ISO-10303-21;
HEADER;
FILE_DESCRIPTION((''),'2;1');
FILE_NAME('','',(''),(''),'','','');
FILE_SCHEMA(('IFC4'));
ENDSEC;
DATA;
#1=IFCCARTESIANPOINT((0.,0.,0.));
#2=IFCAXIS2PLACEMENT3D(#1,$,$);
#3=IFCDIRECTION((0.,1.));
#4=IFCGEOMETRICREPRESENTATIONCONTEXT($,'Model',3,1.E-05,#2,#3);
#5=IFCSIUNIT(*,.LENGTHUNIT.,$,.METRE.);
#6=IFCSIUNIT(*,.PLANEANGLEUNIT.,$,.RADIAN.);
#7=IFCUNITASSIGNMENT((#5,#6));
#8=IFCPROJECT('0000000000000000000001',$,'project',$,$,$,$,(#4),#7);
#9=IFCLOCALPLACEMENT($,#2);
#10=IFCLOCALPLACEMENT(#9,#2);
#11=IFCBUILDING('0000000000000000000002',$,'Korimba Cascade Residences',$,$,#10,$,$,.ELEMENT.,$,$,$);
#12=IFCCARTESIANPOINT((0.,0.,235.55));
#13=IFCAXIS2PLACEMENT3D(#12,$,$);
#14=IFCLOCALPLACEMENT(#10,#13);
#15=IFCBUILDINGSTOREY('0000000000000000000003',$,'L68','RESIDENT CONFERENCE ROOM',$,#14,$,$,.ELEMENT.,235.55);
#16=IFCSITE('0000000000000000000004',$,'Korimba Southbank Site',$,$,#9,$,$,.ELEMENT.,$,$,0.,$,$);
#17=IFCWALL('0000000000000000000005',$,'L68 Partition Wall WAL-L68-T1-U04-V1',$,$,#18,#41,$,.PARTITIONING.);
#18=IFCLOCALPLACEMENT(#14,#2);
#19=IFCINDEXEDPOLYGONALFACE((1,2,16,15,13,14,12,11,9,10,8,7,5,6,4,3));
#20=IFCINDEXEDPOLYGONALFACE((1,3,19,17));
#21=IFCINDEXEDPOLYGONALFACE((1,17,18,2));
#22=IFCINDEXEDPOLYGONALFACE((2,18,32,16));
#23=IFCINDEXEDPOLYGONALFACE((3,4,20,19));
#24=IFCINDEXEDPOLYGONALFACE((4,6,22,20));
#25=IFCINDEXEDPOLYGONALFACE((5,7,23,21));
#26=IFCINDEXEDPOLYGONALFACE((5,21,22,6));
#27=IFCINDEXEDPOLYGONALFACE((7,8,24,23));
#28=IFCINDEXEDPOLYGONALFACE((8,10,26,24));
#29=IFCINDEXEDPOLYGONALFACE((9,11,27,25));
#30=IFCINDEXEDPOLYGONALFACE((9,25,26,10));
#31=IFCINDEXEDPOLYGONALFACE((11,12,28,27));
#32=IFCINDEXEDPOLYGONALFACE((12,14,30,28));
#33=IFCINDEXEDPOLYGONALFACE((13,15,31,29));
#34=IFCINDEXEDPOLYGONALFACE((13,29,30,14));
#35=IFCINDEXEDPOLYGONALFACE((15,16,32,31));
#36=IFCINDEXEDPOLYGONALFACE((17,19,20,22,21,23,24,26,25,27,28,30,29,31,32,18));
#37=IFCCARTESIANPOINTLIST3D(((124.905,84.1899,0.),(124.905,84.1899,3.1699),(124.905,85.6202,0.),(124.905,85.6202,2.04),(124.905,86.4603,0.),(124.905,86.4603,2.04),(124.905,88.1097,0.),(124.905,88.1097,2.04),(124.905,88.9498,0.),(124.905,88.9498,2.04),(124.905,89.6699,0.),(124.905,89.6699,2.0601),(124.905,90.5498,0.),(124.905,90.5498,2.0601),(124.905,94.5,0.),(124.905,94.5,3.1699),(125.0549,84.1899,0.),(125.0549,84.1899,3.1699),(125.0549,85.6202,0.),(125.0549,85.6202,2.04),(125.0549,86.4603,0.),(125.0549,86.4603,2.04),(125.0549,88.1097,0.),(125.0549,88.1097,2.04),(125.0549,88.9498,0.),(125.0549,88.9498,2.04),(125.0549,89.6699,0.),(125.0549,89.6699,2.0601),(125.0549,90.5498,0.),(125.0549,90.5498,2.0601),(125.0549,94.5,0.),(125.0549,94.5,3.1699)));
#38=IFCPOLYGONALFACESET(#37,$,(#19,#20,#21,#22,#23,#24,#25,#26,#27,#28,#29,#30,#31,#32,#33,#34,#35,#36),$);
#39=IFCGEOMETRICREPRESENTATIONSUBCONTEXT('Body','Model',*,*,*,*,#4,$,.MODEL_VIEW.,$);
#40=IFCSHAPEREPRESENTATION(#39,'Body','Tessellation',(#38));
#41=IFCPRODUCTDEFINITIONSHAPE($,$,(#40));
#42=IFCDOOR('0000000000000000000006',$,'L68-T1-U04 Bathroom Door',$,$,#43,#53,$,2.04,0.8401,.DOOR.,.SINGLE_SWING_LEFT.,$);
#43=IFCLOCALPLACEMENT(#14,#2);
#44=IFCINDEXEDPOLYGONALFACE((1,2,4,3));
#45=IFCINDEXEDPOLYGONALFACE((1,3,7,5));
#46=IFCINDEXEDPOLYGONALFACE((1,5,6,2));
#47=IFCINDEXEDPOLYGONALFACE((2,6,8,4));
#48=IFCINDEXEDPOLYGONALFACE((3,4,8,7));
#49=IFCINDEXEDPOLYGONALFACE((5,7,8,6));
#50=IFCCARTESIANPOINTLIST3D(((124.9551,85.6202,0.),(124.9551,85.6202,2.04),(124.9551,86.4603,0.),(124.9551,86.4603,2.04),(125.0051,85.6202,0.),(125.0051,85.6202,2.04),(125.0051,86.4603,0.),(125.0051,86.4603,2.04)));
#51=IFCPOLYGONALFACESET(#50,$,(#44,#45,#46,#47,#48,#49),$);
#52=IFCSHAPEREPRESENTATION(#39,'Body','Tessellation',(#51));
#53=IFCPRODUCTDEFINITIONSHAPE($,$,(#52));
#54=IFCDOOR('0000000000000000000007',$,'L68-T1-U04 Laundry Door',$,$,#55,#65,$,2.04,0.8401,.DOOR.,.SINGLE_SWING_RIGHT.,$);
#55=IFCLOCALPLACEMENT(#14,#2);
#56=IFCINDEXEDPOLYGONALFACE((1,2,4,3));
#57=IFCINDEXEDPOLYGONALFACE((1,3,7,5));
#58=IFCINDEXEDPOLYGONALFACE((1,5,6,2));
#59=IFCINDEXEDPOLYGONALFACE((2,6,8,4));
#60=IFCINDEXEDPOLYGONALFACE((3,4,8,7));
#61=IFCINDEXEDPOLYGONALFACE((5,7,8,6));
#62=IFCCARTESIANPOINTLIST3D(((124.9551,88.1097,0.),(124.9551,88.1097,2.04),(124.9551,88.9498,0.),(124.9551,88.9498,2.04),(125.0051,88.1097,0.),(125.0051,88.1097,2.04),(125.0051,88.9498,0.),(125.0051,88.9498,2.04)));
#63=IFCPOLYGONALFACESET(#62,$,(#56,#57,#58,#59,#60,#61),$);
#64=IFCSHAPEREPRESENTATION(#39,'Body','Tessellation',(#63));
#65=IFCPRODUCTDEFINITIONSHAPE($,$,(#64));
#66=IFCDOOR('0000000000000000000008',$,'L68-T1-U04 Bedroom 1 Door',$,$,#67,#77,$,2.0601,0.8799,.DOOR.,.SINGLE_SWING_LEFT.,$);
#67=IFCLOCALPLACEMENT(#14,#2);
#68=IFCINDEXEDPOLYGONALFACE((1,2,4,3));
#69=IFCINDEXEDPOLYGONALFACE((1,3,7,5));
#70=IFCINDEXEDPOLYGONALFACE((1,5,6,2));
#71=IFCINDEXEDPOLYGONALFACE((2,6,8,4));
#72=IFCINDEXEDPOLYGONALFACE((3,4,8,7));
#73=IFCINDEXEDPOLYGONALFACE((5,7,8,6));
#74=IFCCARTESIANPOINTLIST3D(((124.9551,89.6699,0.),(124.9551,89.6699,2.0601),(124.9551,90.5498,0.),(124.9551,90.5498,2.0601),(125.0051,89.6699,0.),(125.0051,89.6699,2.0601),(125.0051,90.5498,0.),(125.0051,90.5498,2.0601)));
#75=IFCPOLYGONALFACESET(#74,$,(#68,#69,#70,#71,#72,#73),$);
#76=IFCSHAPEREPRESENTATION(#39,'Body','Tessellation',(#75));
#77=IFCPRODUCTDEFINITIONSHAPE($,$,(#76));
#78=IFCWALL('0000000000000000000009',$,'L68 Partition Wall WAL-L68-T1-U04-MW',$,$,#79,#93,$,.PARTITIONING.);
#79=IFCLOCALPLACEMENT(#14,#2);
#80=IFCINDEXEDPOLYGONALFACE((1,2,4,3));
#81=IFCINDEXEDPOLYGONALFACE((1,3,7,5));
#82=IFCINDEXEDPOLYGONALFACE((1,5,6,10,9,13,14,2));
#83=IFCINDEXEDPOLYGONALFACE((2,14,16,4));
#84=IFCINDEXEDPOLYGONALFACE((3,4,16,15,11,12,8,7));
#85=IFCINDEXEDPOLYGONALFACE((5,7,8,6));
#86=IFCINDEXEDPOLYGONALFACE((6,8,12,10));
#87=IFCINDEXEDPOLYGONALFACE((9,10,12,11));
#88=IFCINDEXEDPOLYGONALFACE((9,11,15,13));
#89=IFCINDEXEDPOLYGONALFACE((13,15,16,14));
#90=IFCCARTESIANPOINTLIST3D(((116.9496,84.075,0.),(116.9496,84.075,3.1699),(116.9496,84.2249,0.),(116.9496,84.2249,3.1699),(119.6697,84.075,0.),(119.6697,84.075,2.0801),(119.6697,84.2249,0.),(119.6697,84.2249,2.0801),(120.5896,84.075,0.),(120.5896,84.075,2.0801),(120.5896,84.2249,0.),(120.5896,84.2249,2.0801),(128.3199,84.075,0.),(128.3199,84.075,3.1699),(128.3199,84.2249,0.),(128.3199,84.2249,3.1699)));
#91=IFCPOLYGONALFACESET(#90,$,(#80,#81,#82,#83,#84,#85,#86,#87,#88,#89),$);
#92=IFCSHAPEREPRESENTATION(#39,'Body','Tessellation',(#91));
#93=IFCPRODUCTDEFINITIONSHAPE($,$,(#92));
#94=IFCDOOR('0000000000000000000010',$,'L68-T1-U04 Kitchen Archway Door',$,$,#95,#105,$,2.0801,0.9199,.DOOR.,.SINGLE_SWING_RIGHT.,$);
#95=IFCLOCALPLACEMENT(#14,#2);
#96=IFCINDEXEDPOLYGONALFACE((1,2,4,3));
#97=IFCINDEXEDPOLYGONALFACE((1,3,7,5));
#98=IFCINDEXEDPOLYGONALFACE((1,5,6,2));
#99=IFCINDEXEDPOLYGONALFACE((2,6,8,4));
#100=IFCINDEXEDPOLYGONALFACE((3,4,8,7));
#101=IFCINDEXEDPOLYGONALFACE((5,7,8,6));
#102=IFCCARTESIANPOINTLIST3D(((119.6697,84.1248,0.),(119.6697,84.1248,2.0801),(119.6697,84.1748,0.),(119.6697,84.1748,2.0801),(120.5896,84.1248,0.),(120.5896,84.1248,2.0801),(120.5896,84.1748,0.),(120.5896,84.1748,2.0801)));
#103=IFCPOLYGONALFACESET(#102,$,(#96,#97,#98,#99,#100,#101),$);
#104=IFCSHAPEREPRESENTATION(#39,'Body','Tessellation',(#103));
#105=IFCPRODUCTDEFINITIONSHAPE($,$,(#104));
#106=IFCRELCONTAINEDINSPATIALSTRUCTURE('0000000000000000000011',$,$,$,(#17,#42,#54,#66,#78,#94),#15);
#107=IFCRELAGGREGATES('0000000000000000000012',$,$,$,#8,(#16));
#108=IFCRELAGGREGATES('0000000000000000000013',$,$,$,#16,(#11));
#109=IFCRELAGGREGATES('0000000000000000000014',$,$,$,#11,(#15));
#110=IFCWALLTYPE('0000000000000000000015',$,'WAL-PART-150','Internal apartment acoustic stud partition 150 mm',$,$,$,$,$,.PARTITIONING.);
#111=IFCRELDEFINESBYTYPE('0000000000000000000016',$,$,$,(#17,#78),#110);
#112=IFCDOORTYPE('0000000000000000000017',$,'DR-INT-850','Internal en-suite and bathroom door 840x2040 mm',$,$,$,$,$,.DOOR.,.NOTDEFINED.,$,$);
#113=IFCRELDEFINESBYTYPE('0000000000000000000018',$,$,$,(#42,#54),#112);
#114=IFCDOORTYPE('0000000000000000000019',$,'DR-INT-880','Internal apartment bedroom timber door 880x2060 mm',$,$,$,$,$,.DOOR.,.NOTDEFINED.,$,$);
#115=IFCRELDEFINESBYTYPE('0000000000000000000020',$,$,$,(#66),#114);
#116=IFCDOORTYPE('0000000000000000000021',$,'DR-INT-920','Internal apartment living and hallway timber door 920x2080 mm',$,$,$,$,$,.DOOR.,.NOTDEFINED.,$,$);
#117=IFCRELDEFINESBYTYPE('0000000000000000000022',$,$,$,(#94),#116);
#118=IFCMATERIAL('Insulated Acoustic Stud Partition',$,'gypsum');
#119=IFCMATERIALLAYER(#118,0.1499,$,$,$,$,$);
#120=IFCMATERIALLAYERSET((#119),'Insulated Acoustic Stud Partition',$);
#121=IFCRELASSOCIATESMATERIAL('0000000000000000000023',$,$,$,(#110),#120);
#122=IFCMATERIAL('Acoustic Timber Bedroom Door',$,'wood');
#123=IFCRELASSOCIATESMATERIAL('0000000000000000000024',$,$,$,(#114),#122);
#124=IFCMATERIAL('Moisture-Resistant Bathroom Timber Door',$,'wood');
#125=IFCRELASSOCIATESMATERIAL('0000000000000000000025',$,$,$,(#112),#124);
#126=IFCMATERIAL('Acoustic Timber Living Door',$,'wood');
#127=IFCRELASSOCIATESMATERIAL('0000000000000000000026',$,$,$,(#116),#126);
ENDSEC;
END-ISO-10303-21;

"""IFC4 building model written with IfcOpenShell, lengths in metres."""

from ifc_helpers import new_model, si_unit, direction, frame, frame_2d, origin, place, context, subcontext, project, spatial, rectangle, extrude, material, layer, layer_set, type_object, element, fill, save


model = new_model("IFC4")

# Units and contexts
model_context = context("Model", 3, precision=1e-05, world=origin(), true_north=direction((0.0, 1.0)))
body_context = subcontext(model_context, "Body", "Model", "MODEL_VIEW")
ifc_project = project(units=[si_unit("LENGTHUNIT", "METRE"), si_unit("PLANEANGLEUNIT", "RADIAN")], contexts=[model_context])

# Site, building, storey
site_placement = place(None, origin())
site = spatial("IfcSite", under=ifc_project, at=site_placement, Name="Korimba Southbank Site", CompositionType="ELEMENT", RefElevation=0.0)
building_placement = place(site_placement, origin())
building = spatial("IfcBuilding", under=site, at=building_placement, Name="Korimba Cascade Residences", CompositionType="ELEMENT")
storey_placement = place(building_placement, frame((0.0, 0.0, 235.55)))
storey = spatial("IfcBuildingStorey", under=building, at=storey_placement, Name="L68", Description="RESIDENT CONFERENCE ROOM", CompositionType="ELEMENT", Elevation=235.55)

# Shared definitions
ifc_material_1 = material(Name="Insulated Acoustic Stud Partition", Category="gypsum")
ifc_layer_1 = layer(ifc_material_1, 0.1499)
ifc_layer_set_1 = layer_set([ifc_layer_1], Name="Insulated Acoustic Stud Partition")
wall_type_1 = type_object("IfcWallType", Name="WAL-PART-150", Description="Internal apartment acoustic stud partition 150 mm", PredefinedType="PARTITIONING", material=ifc_layer_set_1)

# Shared definitions
ifc_material_2 = material(Name="Acoustic Timber Bedroom Door", Category="wood")
door_type_1 = type_object("IfcDoorType", Name="DR-INT-880", Description="Internal apartment bedroom timber door 880x2060 mm", OperationType="NOTDEFINED", PredefinedType="DOOR", material=ifc_material_2)

# Wall, openings, doors
wall_1_placement = place(storey_placement, frame((124.98, 84.1899, 0.0), z_axis=(0.0, 0.0, 1.0), x_axis=(0.0, 1.0, 0.0)))
wall_1 = element("IfcWall", 1, at=wall_1_placement, inside=storey, type_object=wall_type_1, Name="L68 Partition Wall WAL-L68-T1-U04-V1", PredefinedType="PARTITIONING", context=body_context, shape_type="SweptSolid", body=[
    extrude(rectangle(XDim=10.3101, YDim=0.1499, at=frame_2d((5.155, 0.0))), origin(), (0.0, 0.0, 1.0), 3.1699),
])
opening_1_placement = place(wall_1_placement, frame((1.4304, 0.0, 0.0)))
opening_1 = element("IfcOpeningElement", 2, at=opening_1_placement, cuts=wall_1, PredefinedType="OPENING", context=body_context, shape_type="SweptSolid", body=[
    extrude(rectangle(XDim=0.8401, YDim=2.04, at=frame_2d((0.4199, 1.02))), frame((0.0, 0.085, 0.0), z_axis=(0.0, -1.0, 0.0), x_axis=(1.0, 0.0, 0.0)), (0.0, 0.0, 1.0), 0.1699),
])
opening_2_placement = place(wall_1_placement, frame((3.9199, 0.0, 0.0)))
opening_2 = element("IfcOpeningElement", 3, at=opening_2_placement, cuts=wall_1, PredefinedType="OPENING", context=body_context, shape_type="SweptSolid", body=[
    extrude(rectangle(XDim=0.8401, YDim=2.04, at=frame_2d((0.4199, 1.02))), frame((0.0, 0.085, 0.0), z_axis=(0.0, -1.0, 0.0), x_axis=(1.0, 0.0, 0.0)), (0.0, 0.0, 1.0), 0.1699),
])
opening_3_placement = place(wall_1_placement, frame((5.48, 0.0, 0.0)))
opening_3 = element("IfcOpeningElement", 4, at=opening_3_placement, cuts=wall_1, PredefinedType="OPENING", context=body_context, shape_type="SweptSolid", body=[
    extrude(rectangle(XDim=0.8799, YDim=2.0601, at=frame_2d((0.4399, 1.03))), frame((0.0, 0.085, 0.0), z_axis=(0.0, -1.0, 0.0), x_axis=(1.0, 0.0, 0.0)), (0.0, 0.0, 1.0), 0.1699),
])
ifc_material_3 = material(Name="Moisture-Resistant Bathroom Timber Door", Category="wood")
door_type_2 = type_object("IfcDoorType", Name="DR-INT-850", Description="Internal en-suite and bathroom door 840x2040 mm", OperationType="NOTDEFINED", PredefinedType="DOOR", material=ifc_material_3)
door_1_placement = place(opening_1_placement, origin())
door_1 = element("IfcDoor", 5, at=door_1_placement, inside=storey, type_object=door_type_2, Name="L68-T1-U04 Bathroom Door", OperationType="SINGLE_SWING_LEFT", OverallHeight=2.04, OverallWidth=0.8401, PredefinedType="DOOR", context=body_context, shape_type="SweptSolid", body=[
    extrude(rectangle(XDim=0.8401, YDim=2.04, at=frame_2d((0.4199, 1.02))), frame((0.0, 0.0249, 0.0), z_axis=(0.0, -1.0, 0.0), x_axis=(1.0, 0.0, 0.0)), (0.0, 0.0, 1.0), 0.05),
])
fill(opening_1, door_1)
door_2_placement = place(opening_2_placement, origin())
door_2 = element("IfcDoor", 6, at=door_2_placement, inside=storey, type_object=door_type_2, Name="L68-T1-U04 Laundry Door", OperationType="SINGLE_SWING_RIGHT", OverallHeight=2.04, OverallWidth=0.8401, PredefinedType="DOOR", context=body_context, shape_type="SweptSolid", body=[
    extrude(rectangle(XDim=0.8401, YDim=2.04, at=frame_2d((0.4199, 1.02))), frame((0.0, 0.0249, 0.0), z_axis=(0.0, -1.0, 0.0), x_axis=(1.0, 0.0, 0.0)), (0.0, 0.0, 1.0), 0.05),
])
fill(opening_2, door_2)
door_3_placement = place(opening_3_placement, origin())
door_3 = element("IfcDoor", 7, at=door_3_placement, inside=storey, type_object=door_type_1, Name="L68-T1-U04 Bedroom 1 Door", OperationType="SINGLE_SWING_LEFT", OverallHeight=2.0601, OverallWidth=0.8799, PredefinedType="DOOR", context=body_context, shape_type="SweptSolid", body=[
    extrude(rectangle(XDim=0.8799, YDim=2.0601, at=frame_2d((0.4399, 1.03))), frame((0.0, 0.0249, 0.0), z_axis=(0.0, -1.0, 0.0), x_axis=(1.0, 0.0, 0.0)), (0.0, 0.0, 1.0), 0.05),
])
fill(opening_3, door_3)

# Wall, opening, door
wall_2_placement = place(storey_placement, frame((116.9497, 84.1499, 0.0), z_axis=(0.0, 0.0, 1.0), x_axis=(1.0, 0.0, 0.0)))
wall_2 = element("IfcWall", 8, at=wall_2_placement, inside=storey, type_object=wall_type_1, Name="L68 Partition Wall WAL-L68-T1-U04-MW", PredefinedType="PARTITIONING", context=body_context, shape_type="SweptSolid", body=[
    extrude(rectangle(XDim=11.3704, YDim=0.1499, at=frame_2d((5.6851, 0.0))), origin(), (0.0, 0.0, 1.0), 3.1699),
])
opening_4_placement = place(wall_2_placement, frame((2.72, 0.0, 0.0)))
opening_4 = element("IfcOpeningElement", 9, at=opening_4_placement, cuts=wall_2, PredefinedType="OPENING", context=body_context, shape_type="SweptSolid", body=[
    extrude(rectangle(XDim=0.9199, YDim=2.0801, at=frame_2d((0.46, 1.04))), frame((0.0, 0.085, 0.0), z_axis=(0.0, -1.0, 0.0), x_axis=(1.0, 0.0, 0.0)), (0.0, 0.0, 1.0), 0.1699),
])
ifc_material_4 = material(Name="Acoustic Timber Living Door", Category="wood")
door_type_3 = type_object("IfcDoorType", Name="DR-INT-920", Description="Internal apartment living and hallway timber door 920x2080 mm", OperationType="NOTDEFINED", PredefinedType="DOOR", material=ifc_material_4)
door_4_placement = place(opening_4_placement, origin())
door_4 = element("IfcDoor", 10, at=door_4_placement, inside=storey, type_object=door_type_3, Name="L68-T1-U04 Kitchen Archway Door", OperationType="SINGLE_SWING_RIGHT", OverallHeight=2.0801, OverallWidth=0.9199, PredefinedType="DOOR", context=body_context, shape_type="SweptSolid", body=[
    extrude(rectangle(XDim=0.9199, YDim=2.0801, at=frame_2d((0.46, 1.04))), frame((0.0, 0.0249, 0.0), z_axis=(0.0, -1.0, 0.0), x_axis=(1.0, 0.0, 0.0)), (0.0, 0.0, 1.0), 0.05),
])
fill(opening_4, door_4)

save(model, "model.ifc")
